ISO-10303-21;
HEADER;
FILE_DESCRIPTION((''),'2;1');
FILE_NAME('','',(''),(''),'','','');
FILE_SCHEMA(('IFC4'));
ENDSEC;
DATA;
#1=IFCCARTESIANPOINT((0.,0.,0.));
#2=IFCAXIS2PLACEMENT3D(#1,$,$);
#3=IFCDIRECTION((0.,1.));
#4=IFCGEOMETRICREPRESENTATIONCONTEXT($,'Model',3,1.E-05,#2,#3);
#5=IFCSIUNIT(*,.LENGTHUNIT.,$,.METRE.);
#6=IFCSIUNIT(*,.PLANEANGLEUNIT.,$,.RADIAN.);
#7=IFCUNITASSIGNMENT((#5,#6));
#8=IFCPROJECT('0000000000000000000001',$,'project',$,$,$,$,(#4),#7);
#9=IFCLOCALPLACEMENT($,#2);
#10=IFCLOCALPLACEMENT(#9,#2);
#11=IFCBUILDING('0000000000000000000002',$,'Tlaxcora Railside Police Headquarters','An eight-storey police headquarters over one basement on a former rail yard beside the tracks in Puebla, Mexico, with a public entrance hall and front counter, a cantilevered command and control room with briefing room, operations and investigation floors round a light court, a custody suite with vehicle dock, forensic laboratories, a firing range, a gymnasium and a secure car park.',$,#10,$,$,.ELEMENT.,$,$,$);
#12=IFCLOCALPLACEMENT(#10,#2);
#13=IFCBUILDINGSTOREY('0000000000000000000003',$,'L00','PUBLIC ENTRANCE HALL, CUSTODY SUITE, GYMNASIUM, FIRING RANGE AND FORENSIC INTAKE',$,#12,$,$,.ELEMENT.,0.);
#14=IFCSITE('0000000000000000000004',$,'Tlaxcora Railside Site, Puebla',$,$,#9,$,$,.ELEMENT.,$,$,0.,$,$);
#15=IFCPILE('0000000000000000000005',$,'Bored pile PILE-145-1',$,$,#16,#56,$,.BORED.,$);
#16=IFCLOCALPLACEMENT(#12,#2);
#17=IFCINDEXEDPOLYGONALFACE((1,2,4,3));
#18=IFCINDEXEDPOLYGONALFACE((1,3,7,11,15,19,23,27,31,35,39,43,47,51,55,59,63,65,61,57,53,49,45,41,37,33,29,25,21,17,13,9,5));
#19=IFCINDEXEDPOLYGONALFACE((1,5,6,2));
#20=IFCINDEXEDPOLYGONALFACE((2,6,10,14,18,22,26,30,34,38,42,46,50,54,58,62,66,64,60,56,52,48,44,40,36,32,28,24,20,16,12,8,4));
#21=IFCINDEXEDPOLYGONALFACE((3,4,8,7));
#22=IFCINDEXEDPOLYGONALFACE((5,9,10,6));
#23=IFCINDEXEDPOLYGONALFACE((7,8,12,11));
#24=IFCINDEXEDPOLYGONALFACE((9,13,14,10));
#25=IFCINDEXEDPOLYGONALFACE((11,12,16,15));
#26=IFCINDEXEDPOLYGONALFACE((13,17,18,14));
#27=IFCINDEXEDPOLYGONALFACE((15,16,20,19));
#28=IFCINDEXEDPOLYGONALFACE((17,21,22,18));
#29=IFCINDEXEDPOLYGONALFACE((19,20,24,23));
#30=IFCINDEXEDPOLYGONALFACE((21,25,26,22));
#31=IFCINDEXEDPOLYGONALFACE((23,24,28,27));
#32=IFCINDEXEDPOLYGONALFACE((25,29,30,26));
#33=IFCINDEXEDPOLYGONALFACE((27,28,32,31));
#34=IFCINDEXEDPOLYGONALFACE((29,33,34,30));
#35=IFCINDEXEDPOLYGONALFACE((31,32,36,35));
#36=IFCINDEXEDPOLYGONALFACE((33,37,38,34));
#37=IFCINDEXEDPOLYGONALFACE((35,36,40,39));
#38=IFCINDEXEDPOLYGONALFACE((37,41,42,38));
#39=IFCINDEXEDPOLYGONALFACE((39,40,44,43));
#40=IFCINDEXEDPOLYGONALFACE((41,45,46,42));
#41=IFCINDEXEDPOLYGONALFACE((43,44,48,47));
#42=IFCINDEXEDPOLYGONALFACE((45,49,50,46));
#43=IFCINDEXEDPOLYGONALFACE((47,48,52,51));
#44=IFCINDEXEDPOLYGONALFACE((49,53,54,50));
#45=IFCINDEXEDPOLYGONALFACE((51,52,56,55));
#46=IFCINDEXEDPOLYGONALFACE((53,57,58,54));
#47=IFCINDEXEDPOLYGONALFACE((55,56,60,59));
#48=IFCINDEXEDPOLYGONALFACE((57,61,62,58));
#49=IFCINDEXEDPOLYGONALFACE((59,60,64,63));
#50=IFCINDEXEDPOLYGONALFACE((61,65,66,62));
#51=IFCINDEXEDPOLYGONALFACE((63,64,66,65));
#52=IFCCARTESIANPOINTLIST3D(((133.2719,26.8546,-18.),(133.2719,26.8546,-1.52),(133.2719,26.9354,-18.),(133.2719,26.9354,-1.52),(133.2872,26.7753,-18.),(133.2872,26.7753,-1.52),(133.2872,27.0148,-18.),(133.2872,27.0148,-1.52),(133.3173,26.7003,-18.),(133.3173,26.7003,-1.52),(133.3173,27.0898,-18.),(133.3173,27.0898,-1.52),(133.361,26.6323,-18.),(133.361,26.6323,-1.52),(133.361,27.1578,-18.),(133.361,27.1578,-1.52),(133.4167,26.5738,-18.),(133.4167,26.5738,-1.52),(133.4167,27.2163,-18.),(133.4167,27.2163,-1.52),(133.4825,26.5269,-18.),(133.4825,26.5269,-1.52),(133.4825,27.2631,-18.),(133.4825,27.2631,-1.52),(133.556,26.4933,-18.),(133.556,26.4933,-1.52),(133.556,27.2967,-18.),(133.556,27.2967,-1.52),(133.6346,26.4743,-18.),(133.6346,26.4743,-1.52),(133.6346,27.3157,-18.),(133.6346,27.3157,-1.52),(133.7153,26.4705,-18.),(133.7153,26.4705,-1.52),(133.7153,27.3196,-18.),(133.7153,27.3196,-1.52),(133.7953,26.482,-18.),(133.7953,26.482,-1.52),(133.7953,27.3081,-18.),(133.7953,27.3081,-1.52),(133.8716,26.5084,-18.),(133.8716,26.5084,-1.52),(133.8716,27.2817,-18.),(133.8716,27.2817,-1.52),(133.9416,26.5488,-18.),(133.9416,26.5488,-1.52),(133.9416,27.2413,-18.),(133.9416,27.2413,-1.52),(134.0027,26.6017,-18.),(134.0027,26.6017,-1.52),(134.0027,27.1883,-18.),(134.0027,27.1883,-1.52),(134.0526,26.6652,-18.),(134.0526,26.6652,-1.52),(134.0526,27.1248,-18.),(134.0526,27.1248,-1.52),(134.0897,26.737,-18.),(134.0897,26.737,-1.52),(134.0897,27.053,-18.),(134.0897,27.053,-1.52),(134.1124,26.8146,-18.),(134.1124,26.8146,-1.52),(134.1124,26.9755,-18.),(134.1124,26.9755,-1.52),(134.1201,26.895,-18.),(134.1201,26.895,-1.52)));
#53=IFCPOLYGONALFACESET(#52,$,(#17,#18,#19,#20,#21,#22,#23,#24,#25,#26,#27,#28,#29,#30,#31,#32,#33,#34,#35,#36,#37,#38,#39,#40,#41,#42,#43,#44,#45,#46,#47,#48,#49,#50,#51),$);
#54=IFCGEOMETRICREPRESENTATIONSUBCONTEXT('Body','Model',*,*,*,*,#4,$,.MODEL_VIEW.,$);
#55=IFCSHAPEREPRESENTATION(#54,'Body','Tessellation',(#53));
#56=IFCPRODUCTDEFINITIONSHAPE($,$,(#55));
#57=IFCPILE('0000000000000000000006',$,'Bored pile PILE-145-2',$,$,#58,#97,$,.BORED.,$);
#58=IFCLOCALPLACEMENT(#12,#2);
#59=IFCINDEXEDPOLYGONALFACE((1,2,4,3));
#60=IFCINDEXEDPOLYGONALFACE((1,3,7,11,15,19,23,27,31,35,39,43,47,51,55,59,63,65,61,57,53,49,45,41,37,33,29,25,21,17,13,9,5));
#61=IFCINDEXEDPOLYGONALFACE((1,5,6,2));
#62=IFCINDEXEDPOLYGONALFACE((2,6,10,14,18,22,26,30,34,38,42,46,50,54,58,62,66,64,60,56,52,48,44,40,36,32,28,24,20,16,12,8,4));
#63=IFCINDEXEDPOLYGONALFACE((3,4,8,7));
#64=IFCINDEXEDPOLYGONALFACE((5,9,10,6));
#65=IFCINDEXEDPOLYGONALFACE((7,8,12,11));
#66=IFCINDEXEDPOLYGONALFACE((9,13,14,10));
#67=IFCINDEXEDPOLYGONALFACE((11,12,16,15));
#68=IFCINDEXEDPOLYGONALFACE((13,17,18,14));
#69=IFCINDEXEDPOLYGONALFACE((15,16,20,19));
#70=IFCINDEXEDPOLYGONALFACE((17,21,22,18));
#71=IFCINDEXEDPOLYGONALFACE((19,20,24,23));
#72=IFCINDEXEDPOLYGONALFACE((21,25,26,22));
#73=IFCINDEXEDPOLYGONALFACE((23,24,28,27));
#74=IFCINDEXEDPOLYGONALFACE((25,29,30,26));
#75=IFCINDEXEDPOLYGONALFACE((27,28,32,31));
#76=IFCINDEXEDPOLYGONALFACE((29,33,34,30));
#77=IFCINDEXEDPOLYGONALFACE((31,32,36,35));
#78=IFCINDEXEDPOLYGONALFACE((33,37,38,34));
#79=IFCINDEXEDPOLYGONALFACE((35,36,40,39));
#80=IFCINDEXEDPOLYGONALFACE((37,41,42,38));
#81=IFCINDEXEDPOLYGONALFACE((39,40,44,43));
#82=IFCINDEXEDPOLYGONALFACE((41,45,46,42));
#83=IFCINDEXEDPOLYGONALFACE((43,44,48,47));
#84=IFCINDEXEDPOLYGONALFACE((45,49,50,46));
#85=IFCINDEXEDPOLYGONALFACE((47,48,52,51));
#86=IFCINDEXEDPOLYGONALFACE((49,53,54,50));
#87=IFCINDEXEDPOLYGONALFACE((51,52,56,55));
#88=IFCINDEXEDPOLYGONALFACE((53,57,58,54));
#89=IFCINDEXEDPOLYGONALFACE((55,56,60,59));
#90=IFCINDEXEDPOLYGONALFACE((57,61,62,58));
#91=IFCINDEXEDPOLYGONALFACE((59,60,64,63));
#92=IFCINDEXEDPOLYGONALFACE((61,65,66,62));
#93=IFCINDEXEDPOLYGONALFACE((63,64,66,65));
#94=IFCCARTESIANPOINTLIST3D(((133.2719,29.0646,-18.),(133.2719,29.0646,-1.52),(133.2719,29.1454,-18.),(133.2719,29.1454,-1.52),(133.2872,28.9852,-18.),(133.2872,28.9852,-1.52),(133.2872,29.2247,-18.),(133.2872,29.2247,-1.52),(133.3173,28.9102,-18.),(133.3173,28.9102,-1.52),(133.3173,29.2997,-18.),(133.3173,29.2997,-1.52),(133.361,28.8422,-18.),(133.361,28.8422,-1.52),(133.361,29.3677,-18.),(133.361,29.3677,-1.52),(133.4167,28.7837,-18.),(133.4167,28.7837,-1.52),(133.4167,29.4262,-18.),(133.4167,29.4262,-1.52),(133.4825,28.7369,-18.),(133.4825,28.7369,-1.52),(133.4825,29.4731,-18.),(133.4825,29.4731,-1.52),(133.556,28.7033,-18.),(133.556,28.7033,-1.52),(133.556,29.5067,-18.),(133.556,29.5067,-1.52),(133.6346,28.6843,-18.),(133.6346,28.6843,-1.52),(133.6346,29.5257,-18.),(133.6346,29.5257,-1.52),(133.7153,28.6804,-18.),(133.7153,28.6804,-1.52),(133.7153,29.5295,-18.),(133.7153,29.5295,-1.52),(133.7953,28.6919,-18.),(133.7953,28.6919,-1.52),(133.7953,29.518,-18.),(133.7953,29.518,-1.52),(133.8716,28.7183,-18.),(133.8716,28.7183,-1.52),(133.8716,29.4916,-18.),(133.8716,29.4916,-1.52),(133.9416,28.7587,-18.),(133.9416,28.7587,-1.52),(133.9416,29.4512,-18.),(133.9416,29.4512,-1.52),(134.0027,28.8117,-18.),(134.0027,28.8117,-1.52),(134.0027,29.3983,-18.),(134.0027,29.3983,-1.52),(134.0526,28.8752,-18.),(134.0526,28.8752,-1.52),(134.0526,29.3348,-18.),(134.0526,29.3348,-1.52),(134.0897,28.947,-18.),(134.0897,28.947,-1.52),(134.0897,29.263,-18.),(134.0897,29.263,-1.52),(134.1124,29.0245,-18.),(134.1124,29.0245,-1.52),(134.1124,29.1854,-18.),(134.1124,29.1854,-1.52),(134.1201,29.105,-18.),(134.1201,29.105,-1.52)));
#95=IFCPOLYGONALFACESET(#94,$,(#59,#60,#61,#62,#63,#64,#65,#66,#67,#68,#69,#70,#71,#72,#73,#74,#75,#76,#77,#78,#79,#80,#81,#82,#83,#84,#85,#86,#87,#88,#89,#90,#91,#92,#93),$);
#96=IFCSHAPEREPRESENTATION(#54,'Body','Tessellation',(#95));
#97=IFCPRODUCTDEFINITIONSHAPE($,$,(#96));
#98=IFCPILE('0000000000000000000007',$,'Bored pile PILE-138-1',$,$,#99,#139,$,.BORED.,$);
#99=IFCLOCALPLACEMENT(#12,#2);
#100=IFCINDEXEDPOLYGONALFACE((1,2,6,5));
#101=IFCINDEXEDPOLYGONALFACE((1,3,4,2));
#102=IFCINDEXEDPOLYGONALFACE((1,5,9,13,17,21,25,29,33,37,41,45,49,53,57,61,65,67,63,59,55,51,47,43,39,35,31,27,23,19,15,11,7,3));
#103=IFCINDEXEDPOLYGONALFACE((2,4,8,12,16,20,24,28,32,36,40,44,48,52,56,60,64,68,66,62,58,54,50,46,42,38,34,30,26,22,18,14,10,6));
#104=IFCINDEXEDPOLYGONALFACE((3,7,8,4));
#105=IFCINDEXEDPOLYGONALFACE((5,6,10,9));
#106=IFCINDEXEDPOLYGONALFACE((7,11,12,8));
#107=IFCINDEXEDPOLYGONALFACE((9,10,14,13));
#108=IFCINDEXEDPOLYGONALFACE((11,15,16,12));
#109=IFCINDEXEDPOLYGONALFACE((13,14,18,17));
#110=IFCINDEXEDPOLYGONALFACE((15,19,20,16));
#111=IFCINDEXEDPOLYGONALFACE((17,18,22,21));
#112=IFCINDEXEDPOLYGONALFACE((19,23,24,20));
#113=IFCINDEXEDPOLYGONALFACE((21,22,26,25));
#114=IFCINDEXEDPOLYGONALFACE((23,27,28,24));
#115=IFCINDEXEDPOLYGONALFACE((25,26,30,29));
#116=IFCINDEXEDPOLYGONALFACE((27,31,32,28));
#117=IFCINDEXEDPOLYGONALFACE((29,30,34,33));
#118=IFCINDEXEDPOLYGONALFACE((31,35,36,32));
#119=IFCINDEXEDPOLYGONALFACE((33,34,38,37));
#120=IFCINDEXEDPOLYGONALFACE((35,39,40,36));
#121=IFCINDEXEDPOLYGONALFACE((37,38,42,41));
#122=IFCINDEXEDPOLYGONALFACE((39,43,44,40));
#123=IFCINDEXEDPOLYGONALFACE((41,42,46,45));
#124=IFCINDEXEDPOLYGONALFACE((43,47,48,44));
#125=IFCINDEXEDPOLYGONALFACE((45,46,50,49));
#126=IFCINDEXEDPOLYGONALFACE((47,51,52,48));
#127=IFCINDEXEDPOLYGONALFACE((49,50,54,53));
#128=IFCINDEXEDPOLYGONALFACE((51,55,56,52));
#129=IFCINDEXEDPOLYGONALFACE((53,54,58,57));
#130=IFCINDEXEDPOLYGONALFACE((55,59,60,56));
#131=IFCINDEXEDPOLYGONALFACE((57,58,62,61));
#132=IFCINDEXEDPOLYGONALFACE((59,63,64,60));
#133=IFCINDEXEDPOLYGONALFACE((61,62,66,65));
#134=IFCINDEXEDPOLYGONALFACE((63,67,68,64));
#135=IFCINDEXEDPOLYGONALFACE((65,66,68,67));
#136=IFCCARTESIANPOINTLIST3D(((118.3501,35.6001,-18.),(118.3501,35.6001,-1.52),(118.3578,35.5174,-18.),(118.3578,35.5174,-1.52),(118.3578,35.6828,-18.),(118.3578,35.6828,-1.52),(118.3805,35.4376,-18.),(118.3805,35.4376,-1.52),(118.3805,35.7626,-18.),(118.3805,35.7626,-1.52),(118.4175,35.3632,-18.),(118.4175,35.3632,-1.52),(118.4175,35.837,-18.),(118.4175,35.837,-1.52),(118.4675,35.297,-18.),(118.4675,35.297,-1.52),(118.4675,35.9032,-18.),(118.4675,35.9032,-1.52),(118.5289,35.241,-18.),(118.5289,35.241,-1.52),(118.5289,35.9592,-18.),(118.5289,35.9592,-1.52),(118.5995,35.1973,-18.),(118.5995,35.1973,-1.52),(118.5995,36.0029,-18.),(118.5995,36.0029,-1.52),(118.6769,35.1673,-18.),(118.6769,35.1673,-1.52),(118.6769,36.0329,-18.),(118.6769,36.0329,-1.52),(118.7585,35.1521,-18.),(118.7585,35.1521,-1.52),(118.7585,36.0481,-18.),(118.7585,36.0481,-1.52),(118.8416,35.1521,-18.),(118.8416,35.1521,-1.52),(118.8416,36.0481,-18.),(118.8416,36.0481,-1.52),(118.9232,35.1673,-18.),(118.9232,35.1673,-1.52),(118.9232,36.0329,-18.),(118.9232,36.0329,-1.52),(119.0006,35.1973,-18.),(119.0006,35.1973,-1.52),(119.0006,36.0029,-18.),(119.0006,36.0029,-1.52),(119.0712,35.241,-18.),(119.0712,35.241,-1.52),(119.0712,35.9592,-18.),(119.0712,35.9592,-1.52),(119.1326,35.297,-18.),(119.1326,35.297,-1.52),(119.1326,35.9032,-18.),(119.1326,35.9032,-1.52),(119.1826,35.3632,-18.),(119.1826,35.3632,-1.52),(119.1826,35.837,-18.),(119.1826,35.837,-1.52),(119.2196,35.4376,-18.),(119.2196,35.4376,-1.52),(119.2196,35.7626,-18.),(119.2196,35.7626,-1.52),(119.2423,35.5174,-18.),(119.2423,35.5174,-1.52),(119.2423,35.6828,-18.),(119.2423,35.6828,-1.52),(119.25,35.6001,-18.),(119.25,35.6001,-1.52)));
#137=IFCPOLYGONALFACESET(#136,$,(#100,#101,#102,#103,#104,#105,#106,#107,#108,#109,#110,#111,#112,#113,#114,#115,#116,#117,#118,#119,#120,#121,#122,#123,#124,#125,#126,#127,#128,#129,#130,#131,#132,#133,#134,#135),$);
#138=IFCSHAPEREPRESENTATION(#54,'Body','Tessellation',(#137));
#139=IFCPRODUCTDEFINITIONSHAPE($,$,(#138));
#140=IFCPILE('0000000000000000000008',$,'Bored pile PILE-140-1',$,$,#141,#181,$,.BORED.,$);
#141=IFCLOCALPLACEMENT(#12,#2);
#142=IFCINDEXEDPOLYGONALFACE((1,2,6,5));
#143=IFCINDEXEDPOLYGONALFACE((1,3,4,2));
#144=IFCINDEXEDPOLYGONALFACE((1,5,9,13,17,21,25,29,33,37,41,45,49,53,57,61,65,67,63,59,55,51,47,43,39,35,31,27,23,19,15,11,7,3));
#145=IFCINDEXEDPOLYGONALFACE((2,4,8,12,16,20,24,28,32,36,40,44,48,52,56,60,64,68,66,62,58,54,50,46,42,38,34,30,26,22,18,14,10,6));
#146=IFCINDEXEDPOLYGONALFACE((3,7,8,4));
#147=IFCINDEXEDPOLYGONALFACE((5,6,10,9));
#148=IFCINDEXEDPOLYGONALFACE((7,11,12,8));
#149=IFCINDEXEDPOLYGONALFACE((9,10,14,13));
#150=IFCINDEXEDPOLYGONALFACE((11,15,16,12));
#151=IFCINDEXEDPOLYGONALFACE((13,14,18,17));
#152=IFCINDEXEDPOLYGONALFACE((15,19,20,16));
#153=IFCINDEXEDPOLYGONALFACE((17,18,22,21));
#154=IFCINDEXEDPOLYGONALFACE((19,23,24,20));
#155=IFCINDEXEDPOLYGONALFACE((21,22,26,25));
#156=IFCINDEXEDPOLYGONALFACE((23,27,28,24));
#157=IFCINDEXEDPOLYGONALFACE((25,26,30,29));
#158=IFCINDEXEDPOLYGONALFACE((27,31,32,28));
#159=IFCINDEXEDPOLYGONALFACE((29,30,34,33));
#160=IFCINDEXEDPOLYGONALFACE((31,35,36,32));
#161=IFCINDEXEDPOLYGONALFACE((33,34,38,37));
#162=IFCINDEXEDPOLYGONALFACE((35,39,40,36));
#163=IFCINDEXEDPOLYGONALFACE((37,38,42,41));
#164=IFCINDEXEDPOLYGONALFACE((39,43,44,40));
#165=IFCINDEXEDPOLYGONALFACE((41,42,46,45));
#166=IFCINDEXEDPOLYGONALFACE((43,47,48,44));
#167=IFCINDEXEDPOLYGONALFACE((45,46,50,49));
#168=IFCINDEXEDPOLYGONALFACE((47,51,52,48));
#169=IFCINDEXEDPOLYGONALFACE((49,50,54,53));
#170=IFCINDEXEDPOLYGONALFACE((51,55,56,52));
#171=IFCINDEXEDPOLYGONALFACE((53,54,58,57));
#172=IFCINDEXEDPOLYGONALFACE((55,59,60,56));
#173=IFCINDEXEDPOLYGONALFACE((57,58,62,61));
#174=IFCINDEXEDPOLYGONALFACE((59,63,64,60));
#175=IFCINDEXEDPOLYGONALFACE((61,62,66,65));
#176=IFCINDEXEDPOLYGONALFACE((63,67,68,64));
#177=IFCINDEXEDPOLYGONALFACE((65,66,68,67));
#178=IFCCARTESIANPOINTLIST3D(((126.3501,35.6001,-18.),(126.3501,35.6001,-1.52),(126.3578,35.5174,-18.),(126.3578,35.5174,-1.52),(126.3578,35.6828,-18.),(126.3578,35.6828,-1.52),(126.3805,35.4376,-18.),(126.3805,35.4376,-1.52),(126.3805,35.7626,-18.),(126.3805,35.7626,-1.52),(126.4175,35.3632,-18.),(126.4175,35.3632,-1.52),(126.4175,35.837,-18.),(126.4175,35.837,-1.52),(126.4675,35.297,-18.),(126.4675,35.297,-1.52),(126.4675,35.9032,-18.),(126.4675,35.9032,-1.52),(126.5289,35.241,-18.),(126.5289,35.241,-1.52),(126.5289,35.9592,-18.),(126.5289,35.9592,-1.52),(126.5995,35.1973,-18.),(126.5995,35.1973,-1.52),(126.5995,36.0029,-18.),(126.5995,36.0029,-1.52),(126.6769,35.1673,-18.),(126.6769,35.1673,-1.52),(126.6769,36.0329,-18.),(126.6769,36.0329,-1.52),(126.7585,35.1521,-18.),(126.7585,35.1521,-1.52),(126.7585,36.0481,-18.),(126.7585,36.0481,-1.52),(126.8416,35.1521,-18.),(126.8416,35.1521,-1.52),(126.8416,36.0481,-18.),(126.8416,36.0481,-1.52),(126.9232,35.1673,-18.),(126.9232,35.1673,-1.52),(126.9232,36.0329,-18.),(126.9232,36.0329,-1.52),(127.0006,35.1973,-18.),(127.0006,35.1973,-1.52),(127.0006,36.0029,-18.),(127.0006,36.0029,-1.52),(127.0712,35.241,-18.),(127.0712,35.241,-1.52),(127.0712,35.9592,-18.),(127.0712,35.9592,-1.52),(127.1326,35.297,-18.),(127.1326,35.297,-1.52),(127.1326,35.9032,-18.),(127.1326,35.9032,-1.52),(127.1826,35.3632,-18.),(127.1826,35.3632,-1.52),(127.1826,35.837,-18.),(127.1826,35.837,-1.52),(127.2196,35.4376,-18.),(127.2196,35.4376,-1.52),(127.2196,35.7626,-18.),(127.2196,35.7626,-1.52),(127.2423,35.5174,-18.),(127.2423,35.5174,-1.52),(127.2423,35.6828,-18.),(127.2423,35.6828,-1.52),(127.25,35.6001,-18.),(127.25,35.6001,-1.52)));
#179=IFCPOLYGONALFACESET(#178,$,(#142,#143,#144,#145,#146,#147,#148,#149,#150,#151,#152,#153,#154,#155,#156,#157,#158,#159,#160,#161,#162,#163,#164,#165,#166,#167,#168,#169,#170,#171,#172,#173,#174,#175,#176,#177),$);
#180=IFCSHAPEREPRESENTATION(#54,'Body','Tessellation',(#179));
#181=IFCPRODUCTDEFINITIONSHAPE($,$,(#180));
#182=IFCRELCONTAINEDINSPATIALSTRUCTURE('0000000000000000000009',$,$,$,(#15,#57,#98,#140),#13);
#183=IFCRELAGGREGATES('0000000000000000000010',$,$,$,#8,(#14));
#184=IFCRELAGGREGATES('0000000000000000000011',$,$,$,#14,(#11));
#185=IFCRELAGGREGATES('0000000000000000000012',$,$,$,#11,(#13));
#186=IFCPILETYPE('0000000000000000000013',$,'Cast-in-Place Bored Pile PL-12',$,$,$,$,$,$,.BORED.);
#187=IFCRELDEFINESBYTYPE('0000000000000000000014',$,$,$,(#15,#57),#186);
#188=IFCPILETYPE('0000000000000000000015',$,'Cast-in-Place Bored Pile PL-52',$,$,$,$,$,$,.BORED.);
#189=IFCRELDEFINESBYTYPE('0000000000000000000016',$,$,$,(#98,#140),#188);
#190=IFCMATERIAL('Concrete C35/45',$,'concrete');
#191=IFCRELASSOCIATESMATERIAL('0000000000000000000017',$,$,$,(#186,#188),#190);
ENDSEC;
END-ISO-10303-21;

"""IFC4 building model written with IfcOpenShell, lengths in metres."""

from ifc_helpers import new_model, si_unit, direction, frame, origin, origin_2d, place, context, subcontext, project, spatial, circle, extrude, material, material_profile, profile_set, type_object, element, save


model = new_model("IFC4")

# Units and contexts
model_context = context("Model", 3, precision=1e-05, world=origin(), true_north=direction((0.0, 1.0)))
body_context = subcontext(model_context, "Body", "Model", "MODEL_VIEW")
ifc_project = project(units=[si_unit("LENGTHUNIT", "METRE"), si_unit("PLANEANGLEUNIT", "RADIAN")], contexts=[model_context])

# Site, building, storey
site_placement = place(None, origin())
site = spatial("IfcSite", under=ifc_project, at=site_placement, Name="Tlaxcora Railside Site, Puebla", CompositionType="ELEMENT", RefElevation=0.0)
building_placement = place(site_placement, origin())
building = spatial("IfcBuilding", under=site, at=building_placement, Name="Tlaxcora Railside Police Headquarters", Description="An eight-storey police headquarters over one basement on a former rail yard beside the tracks in Puebla, Mexico, with a public entrance hall and front counter, a cantilevered command and control room with briefing room, operations and investigation floors round a light court, a custody suite with vehicle dock, forensic laboratories, a firing range, a gymnasium and a secure car park.", CompositionType="ELEMENT")
storey_placement = place(building_placement, origin())
storey = spatial("IfcBuildingStorey", under=building, at=storey_placement, Name="L00", Description="PUBLIC ENTRANCE HALL, CUSTODY SUITE, GYMNASIUM, FIRING RANGE AND FORENSIC INTAKE", CompositionType="ELEMENT", Elevation=0.0)

# Piles
ifc_material_1 = material(Name="Concrete C35/45", Category="concrete")
ifc_material_profile_1 = material_profile(ifc_material_1, circle(Radius=0.425, at=origin_2d()), Name="PILE850")
ifc_profile_set_1 = profile_set([ifc_material_profile_1], Name="Concrete C35/45")
pile_type_1 = type_object("IfcPileType", Name="Cast-in-Place Bored Pile PL-12", PredefinedType="BORED", material=ifc_profile_set_1)
for number, where, z_axis, x_axis, name in (
    (1, (133.6951, 26.895, -1.52), (0.0, 0.0, -1.0), (1.0, 0.0, 0.0), "Bored pile PILE-145-1"),
    (2, (133.6951, 29.105, -1.52), (0.0, 0.0, -1.0), (1.0, 0.0, 0.0), "Bored pile PILE-145-2"),
):
    element("IfcPile", number, at=place(storey_placement, frame(where, z_axis=z_axis, x_axis=x_axis)), inside=storey, type_object=pile_type_1, Name=name, PredefinedType="BORED", context=body_context, shape_type="SweptSolid", body=[
        extrude(circle(Radius=0.425, at=origin_2d()), origin(), (0.0, 0.0, 1.0), 16.48),
    ])
ifc_material_profile_2 = material_profile(ifc_material_1, circle(Radius=0.45, at=origin_2d()), Name="PILE900")
ifc_profile_set_2 = profile_set([ifc_material_profile_2], Name="Concrete C35/45")
pile_type_2 = type_object("IfcPileType", Name="Cast-in-Place Bored Pile PL-52", PredefinedType="BORED", material=ifc_profile_set_2)
for number, where, z_axis, x_axis, name in (
    (3, (118.8, 35.6001, -1.52), (0.0, 0.0, -1.0), (1.0, 0.0, 0.0), "Bored pile PILE-138-1"),
    (4, (126.8, 35.6001, -1.52), (0.0, 0.0, -1.0), (1.0, 0.0, 0.0), "Bored pile PILE-140-1"),
):
    element("IfcPile", number, at=place(storey_placement, frame(where, z_axis=z_axis, x_axis=x_axis)), inside=storey, type_object=pile_type_2, Name=name, PredefinedType="BORED", context=body_context, shape_type="SweptSolid", body=[
        extrude(circle(Radius=0.45, at=origin_2d()), origin(), (0.0, 0.0, 1.0), 16.48),
    ])

save(model, "model.ifc")
